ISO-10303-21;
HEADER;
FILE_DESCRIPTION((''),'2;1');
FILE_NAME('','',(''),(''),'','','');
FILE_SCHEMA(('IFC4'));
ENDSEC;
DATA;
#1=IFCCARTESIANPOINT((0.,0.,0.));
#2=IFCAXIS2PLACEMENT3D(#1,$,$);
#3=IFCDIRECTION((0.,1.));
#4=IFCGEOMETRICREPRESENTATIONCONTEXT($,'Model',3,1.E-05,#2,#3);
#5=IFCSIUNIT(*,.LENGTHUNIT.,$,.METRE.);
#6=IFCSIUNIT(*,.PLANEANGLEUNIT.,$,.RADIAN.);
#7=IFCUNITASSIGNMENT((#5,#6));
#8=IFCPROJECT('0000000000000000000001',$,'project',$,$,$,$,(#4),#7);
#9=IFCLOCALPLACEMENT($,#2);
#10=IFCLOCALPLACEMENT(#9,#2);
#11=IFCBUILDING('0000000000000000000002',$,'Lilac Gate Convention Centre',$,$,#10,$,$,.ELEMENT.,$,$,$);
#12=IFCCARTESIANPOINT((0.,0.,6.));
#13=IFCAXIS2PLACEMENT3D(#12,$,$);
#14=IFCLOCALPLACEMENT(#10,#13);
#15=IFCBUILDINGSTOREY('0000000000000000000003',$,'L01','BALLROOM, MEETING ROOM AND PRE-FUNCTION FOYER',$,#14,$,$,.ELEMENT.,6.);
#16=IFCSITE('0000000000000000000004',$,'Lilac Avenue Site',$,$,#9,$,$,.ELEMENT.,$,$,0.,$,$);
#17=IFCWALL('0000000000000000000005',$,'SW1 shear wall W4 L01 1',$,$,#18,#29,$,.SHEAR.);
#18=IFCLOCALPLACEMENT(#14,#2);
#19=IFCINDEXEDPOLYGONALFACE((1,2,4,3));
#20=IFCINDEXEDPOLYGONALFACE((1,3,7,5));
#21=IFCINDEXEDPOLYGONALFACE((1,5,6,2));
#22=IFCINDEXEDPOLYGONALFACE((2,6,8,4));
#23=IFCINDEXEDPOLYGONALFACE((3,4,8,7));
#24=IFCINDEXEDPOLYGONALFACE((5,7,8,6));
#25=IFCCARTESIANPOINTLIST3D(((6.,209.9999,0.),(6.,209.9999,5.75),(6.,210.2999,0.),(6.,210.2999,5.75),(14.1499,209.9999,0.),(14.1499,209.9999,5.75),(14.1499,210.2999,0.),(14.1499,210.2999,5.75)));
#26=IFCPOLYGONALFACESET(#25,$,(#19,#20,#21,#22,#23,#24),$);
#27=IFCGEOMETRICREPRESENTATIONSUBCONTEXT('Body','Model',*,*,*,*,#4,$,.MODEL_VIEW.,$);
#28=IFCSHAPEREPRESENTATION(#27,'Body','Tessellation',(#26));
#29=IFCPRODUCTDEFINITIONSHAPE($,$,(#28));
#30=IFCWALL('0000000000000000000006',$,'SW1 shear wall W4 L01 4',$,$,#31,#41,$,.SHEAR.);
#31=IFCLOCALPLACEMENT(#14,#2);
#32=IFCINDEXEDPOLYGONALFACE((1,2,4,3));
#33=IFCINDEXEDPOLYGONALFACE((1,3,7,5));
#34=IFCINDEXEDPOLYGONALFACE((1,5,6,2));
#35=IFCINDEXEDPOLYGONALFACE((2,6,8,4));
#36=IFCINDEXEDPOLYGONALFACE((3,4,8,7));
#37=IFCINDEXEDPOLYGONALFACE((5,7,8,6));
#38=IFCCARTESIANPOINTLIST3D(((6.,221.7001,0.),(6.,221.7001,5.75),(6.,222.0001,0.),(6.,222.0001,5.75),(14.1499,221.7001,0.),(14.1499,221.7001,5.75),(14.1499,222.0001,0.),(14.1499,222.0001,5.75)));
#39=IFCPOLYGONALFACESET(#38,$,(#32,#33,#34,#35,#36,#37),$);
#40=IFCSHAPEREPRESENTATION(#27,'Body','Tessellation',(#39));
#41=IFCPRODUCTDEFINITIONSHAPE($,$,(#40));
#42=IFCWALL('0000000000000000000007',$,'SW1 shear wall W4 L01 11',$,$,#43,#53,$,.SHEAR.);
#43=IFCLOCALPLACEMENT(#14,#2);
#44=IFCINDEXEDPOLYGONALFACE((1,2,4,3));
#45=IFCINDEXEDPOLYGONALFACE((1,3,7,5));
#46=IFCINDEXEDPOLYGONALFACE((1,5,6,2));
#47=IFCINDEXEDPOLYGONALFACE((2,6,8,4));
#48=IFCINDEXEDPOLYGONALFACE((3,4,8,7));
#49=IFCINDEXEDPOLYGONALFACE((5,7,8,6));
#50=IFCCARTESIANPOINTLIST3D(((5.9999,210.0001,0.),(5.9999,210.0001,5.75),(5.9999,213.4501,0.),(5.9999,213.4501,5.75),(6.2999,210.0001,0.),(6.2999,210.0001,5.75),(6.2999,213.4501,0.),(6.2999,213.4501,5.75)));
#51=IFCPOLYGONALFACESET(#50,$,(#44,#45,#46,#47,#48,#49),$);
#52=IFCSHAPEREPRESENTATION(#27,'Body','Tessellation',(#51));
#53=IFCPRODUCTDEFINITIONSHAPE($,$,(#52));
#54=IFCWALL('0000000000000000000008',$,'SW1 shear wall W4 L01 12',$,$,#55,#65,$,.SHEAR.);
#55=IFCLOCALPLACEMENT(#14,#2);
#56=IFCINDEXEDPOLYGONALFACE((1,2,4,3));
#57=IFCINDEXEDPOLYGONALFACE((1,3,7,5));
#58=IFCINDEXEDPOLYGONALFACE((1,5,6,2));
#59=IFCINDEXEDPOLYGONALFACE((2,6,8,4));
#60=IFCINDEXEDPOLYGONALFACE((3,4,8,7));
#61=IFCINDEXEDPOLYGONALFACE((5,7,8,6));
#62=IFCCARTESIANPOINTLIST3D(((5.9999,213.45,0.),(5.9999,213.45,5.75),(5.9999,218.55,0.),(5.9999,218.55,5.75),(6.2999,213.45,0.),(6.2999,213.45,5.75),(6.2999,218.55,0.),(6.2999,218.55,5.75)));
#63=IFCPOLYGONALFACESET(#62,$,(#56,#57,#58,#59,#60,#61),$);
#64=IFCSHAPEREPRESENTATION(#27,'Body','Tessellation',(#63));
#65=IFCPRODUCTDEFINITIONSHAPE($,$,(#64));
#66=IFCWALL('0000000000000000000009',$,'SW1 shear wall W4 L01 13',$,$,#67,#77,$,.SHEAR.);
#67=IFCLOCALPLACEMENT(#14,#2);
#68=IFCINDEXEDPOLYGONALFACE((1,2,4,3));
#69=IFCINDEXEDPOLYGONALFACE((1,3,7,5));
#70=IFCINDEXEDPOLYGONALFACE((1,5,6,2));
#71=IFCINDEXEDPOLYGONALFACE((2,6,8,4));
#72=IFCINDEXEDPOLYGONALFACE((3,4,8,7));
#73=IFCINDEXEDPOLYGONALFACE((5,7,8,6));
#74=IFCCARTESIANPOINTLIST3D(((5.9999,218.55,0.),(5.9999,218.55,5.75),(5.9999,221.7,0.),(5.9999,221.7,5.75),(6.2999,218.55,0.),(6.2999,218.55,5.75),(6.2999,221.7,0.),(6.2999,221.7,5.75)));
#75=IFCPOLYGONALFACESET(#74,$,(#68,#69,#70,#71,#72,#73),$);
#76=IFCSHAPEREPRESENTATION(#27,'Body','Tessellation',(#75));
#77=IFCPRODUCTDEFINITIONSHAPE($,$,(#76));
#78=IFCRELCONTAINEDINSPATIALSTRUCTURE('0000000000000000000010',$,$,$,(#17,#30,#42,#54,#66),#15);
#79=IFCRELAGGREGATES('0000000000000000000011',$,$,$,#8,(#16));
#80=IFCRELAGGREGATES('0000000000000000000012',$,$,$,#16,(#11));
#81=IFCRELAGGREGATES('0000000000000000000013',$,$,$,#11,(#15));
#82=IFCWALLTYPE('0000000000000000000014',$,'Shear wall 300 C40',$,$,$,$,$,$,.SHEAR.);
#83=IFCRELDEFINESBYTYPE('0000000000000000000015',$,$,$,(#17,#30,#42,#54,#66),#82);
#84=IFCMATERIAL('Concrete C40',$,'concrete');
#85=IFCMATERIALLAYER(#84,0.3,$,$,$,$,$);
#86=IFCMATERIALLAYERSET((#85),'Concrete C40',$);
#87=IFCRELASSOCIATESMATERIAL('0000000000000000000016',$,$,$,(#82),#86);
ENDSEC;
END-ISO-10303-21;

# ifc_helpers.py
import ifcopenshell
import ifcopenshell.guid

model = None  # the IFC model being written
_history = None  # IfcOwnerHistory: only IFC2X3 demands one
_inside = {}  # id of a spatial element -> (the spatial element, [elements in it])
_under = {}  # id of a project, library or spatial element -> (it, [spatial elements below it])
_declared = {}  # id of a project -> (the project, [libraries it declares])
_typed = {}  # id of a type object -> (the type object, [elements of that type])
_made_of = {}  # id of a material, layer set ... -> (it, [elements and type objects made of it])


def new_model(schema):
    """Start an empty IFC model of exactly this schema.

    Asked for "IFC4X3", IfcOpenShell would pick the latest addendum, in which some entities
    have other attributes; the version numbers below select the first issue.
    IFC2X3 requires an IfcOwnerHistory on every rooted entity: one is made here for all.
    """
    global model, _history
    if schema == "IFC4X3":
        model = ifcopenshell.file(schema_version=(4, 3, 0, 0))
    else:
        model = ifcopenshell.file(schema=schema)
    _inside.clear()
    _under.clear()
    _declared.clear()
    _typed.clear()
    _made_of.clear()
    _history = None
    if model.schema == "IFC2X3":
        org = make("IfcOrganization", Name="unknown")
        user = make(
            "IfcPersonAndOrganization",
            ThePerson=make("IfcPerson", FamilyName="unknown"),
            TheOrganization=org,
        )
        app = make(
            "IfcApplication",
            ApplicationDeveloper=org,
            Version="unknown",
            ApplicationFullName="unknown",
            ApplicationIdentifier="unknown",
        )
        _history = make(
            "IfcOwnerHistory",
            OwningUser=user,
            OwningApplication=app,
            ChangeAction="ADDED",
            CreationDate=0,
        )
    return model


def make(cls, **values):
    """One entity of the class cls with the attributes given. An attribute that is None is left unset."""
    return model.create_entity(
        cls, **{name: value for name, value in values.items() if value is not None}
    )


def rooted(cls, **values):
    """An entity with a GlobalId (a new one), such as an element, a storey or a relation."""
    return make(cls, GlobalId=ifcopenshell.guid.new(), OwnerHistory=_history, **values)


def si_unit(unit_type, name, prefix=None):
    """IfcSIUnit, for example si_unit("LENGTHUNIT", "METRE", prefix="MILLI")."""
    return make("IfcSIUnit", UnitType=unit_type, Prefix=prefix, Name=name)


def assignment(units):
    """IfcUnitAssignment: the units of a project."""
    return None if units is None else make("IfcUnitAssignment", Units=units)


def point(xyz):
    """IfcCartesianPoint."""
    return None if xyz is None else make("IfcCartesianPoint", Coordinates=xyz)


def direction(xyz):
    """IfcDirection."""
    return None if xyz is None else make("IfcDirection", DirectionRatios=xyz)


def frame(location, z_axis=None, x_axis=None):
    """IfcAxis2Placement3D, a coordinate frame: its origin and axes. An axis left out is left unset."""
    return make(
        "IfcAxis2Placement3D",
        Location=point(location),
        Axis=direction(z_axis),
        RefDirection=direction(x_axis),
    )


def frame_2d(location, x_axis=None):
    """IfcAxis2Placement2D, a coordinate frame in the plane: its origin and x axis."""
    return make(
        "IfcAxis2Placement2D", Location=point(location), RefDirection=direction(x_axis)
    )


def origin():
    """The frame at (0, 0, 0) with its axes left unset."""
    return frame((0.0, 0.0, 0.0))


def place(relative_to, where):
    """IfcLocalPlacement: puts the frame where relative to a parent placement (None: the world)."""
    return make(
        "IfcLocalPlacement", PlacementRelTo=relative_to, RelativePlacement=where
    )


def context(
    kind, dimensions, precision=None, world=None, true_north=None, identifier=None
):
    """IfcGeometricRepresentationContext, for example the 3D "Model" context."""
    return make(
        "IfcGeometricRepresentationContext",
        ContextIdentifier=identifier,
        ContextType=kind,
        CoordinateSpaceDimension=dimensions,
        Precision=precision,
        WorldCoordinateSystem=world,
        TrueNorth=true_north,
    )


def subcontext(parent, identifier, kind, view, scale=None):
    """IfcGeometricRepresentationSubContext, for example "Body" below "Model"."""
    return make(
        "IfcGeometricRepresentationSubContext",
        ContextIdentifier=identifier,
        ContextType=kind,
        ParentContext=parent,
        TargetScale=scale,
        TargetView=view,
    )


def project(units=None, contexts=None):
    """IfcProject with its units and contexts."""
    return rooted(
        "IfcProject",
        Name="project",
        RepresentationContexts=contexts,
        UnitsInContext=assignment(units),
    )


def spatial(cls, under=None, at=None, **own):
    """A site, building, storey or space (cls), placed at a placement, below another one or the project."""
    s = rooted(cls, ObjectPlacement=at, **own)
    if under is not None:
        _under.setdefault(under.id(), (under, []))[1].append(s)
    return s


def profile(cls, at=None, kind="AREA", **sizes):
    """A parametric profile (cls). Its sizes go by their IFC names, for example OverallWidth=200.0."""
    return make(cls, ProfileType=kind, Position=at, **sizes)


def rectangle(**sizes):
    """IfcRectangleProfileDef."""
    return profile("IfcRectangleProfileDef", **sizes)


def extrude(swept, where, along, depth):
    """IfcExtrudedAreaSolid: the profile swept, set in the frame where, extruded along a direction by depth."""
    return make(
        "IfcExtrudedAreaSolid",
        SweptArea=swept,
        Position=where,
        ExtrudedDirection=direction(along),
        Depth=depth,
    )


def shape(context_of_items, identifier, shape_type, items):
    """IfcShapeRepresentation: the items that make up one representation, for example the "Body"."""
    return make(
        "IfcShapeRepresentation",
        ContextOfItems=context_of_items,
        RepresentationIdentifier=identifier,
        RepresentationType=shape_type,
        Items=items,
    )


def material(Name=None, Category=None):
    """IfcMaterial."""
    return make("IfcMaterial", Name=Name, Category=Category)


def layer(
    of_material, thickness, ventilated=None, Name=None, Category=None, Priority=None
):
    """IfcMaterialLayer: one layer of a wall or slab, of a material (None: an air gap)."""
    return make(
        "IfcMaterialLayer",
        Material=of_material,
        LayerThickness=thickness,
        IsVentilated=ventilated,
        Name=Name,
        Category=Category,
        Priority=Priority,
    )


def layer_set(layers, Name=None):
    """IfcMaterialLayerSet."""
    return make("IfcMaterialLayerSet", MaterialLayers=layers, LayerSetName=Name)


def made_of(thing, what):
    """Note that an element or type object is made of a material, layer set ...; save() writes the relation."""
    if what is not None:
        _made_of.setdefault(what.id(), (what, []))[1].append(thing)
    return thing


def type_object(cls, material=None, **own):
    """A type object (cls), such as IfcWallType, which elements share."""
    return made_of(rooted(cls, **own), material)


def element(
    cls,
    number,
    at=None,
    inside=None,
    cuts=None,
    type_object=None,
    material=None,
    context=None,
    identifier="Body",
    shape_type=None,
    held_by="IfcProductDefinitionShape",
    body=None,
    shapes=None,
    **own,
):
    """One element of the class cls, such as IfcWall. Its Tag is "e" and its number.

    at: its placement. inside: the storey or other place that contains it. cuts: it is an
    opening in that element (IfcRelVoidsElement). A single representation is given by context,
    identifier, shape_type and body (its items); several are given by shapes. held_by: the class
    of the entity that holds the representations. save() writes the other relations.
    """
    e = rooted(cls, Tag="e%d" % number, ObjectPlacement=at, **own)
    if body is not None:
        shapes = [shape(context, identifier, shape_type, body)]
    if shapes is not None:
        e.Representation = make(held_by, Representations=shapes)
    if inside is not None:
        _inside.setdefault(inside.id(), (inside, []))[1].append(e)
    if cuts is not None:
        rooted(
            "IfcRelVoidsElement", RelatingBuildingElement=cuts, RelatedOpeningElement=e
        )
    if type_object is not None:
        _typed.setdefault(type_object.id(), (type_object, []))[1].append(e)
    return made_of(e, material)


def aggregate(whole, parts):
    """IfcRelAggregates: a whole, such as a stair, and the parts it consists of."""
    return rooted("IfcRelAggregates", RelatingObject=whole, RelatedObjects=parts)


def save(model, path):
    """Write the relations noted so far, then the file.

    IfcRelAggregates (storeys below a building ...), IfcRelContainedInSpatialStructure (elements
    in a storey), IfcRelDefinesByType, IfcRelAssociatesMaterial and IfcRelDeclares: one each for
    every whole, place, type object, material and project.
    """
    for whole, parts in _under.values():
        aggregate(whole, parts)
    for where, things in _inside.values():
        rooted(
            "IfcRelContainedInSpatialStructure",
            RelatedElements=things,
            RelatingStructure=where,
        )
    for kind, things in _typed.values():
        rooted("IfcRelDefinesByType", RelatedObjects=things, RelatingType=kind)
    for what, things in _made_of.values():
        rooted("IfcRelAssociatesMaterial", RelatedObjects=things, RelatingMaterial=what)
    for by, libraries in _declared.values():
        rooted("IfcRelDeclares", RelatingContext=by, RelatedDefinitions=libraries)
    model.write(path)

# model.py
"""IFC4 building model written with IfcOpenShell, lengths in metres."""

from ifc_helpers import new_model, si_unit, direction, frame, frame_2d, origin, place, context, subcontext, project, spatial, rectangle, extrude, material, layer, layer_set, type_object, element, save


model = new_model("IFC4")

# Units and contexts
model_context = context("Model", 3, precision=1e-05, world=origin(), true_north=direction((0.0, 1.0)))
body_context = subcontext(model_context, "Body", "Model", "MODEL_VIEW")
ifc_project = project(units=[si_unit("LENGTHUNIT", "METRE"), si_unit("PLANEANGLEUNIT", "RADIAN")], contexts=[model_context])

# Site, building, storey
site_placement = place(None, origin())
site = spatial("IfcSite", under=ifc_project, at=site_placement, Name="Lilac Avenue Site", CompositionType="ELEMENT", RefElevation=0.0)
building_placement = place(site_placement, origin())
building = spatial("IfcBuilding", under=site, at=building_placement, Name="Lilac Gate Convention Centre", CompositionType="ELEMENT")
storey_placement = place(building_placement, frame((0.0, 0.0, 6.0)))
storey = spatial("IfcBuildingStorey", under=building, at=storey_placement, Name="L01", Description="BALLROOM, MEETING ROOM AND PRE-FUNCTION FOYER", CompositionType="ELEMENT", Elevation=6.0)

# Shared definitions
ifc_material_1 = material(Name="Concrete C40", Category="concrete")

# Walls
ifc_layer_1 = layer(ifc_material_1, 0.3)
ifc_layer_set_1 = layer_set([ifc_layer_1], Name="Concrete C40")
wall_type_1 = type_object("IfcWallType", Name="Shear wall 300 C40", PredefinedType="SHEAR", material=ifc_layer_set_1)
for number, where, z_axis, x_axis, name in (
    (1, (6.0, 210.1499, 0.0), (0.0, 0.0, 1.0), (1.0, 0.0, 0.0), "SW1 shear wall W4 L01 1"),
    (2, (6.0, 221.8501, 0.0), (0.0, 0.0, 1.0), (1.0, 0.0, 0.0), "SW1 shear wall W4 L01 4"),
):
    element("IfcWall", number, at=place(storey_placement, frame(where, z_axis=z_axis, x_axis=x_axis)), inside=storey, type_object=wall_type_1, Name=name, PredefinedType="SHEAR", context=body_context, shape_type="SweptSolid", body=[
        extrude(rectangle(XDim=8.1499, YDim=0.3, at=frame_2d((4.075, 0.0))), origin(), (0.0, 0.0, 1.0), 5.75),
    ])
wall_1_placement = place(storey_placement, frame((6.1499, 210.0, 0.0), z_axis=(0.0, 0.0, 1.0), x_axis=(0.0, 1.0, 0.0)))
element("IfcWall", 3, at=wall_1_placement, inside=storey, type_object=wall_type_1, Name="SW1 shear wall W4 L01 11", PredefinedType="SHEAR", context=body_context, shape_type="SweptSolid", body=[
    extrude(rectangle(XDim=3.45, YDim=0.3, at=frame_2d((1.7251, 0.0))), origin(), (0.0, 0.0, 1.0), 5.75),
])
wall_2_placement = place(storey_placement, frame((6.1499, 213.45, 0.0), z_axis=(0.0, 0.0, 1.0), x_axis=(0.0, 1.0, 0.0)))
element("IfcWall", 4, at=wall_2_placement, inside=storey, type_object=wall_type_1, Name="SW1 shear wall W4 L01 12", PredefinedType="SHEAR", context=body_context, shape_type="SweptSolid", body=[
    extrude(rectangle(XDim=5.1001, YDim=0.3, at=frame_2d((2.55, 0.0))), origin(), (0.0, 0.0, 1.0), 5.75),
])
wall_3_placement = place(storey_placement, frame((6.1499, 218.55, 0.0), z_axis=(0.0, 0.0, 1.0), x_axis=(0.0, 1.0, 0.0)))
element("IfcWall", 5, at=wall_3_placement, inside=storey, type_object=wall_type_1, Name="SW1 shear wall W4 L01 13", PredefinedType="SHEAR", context=body_context, shape_type="SweptSolid", body=[
    extrude(rectangle(XDim=3.1499, YDim=0.3, at=frame_2d((1.575, 0.0))), origin(), (0.0, 0.0, 1.0), 5.75),
])

save(model, "model.ifc")
